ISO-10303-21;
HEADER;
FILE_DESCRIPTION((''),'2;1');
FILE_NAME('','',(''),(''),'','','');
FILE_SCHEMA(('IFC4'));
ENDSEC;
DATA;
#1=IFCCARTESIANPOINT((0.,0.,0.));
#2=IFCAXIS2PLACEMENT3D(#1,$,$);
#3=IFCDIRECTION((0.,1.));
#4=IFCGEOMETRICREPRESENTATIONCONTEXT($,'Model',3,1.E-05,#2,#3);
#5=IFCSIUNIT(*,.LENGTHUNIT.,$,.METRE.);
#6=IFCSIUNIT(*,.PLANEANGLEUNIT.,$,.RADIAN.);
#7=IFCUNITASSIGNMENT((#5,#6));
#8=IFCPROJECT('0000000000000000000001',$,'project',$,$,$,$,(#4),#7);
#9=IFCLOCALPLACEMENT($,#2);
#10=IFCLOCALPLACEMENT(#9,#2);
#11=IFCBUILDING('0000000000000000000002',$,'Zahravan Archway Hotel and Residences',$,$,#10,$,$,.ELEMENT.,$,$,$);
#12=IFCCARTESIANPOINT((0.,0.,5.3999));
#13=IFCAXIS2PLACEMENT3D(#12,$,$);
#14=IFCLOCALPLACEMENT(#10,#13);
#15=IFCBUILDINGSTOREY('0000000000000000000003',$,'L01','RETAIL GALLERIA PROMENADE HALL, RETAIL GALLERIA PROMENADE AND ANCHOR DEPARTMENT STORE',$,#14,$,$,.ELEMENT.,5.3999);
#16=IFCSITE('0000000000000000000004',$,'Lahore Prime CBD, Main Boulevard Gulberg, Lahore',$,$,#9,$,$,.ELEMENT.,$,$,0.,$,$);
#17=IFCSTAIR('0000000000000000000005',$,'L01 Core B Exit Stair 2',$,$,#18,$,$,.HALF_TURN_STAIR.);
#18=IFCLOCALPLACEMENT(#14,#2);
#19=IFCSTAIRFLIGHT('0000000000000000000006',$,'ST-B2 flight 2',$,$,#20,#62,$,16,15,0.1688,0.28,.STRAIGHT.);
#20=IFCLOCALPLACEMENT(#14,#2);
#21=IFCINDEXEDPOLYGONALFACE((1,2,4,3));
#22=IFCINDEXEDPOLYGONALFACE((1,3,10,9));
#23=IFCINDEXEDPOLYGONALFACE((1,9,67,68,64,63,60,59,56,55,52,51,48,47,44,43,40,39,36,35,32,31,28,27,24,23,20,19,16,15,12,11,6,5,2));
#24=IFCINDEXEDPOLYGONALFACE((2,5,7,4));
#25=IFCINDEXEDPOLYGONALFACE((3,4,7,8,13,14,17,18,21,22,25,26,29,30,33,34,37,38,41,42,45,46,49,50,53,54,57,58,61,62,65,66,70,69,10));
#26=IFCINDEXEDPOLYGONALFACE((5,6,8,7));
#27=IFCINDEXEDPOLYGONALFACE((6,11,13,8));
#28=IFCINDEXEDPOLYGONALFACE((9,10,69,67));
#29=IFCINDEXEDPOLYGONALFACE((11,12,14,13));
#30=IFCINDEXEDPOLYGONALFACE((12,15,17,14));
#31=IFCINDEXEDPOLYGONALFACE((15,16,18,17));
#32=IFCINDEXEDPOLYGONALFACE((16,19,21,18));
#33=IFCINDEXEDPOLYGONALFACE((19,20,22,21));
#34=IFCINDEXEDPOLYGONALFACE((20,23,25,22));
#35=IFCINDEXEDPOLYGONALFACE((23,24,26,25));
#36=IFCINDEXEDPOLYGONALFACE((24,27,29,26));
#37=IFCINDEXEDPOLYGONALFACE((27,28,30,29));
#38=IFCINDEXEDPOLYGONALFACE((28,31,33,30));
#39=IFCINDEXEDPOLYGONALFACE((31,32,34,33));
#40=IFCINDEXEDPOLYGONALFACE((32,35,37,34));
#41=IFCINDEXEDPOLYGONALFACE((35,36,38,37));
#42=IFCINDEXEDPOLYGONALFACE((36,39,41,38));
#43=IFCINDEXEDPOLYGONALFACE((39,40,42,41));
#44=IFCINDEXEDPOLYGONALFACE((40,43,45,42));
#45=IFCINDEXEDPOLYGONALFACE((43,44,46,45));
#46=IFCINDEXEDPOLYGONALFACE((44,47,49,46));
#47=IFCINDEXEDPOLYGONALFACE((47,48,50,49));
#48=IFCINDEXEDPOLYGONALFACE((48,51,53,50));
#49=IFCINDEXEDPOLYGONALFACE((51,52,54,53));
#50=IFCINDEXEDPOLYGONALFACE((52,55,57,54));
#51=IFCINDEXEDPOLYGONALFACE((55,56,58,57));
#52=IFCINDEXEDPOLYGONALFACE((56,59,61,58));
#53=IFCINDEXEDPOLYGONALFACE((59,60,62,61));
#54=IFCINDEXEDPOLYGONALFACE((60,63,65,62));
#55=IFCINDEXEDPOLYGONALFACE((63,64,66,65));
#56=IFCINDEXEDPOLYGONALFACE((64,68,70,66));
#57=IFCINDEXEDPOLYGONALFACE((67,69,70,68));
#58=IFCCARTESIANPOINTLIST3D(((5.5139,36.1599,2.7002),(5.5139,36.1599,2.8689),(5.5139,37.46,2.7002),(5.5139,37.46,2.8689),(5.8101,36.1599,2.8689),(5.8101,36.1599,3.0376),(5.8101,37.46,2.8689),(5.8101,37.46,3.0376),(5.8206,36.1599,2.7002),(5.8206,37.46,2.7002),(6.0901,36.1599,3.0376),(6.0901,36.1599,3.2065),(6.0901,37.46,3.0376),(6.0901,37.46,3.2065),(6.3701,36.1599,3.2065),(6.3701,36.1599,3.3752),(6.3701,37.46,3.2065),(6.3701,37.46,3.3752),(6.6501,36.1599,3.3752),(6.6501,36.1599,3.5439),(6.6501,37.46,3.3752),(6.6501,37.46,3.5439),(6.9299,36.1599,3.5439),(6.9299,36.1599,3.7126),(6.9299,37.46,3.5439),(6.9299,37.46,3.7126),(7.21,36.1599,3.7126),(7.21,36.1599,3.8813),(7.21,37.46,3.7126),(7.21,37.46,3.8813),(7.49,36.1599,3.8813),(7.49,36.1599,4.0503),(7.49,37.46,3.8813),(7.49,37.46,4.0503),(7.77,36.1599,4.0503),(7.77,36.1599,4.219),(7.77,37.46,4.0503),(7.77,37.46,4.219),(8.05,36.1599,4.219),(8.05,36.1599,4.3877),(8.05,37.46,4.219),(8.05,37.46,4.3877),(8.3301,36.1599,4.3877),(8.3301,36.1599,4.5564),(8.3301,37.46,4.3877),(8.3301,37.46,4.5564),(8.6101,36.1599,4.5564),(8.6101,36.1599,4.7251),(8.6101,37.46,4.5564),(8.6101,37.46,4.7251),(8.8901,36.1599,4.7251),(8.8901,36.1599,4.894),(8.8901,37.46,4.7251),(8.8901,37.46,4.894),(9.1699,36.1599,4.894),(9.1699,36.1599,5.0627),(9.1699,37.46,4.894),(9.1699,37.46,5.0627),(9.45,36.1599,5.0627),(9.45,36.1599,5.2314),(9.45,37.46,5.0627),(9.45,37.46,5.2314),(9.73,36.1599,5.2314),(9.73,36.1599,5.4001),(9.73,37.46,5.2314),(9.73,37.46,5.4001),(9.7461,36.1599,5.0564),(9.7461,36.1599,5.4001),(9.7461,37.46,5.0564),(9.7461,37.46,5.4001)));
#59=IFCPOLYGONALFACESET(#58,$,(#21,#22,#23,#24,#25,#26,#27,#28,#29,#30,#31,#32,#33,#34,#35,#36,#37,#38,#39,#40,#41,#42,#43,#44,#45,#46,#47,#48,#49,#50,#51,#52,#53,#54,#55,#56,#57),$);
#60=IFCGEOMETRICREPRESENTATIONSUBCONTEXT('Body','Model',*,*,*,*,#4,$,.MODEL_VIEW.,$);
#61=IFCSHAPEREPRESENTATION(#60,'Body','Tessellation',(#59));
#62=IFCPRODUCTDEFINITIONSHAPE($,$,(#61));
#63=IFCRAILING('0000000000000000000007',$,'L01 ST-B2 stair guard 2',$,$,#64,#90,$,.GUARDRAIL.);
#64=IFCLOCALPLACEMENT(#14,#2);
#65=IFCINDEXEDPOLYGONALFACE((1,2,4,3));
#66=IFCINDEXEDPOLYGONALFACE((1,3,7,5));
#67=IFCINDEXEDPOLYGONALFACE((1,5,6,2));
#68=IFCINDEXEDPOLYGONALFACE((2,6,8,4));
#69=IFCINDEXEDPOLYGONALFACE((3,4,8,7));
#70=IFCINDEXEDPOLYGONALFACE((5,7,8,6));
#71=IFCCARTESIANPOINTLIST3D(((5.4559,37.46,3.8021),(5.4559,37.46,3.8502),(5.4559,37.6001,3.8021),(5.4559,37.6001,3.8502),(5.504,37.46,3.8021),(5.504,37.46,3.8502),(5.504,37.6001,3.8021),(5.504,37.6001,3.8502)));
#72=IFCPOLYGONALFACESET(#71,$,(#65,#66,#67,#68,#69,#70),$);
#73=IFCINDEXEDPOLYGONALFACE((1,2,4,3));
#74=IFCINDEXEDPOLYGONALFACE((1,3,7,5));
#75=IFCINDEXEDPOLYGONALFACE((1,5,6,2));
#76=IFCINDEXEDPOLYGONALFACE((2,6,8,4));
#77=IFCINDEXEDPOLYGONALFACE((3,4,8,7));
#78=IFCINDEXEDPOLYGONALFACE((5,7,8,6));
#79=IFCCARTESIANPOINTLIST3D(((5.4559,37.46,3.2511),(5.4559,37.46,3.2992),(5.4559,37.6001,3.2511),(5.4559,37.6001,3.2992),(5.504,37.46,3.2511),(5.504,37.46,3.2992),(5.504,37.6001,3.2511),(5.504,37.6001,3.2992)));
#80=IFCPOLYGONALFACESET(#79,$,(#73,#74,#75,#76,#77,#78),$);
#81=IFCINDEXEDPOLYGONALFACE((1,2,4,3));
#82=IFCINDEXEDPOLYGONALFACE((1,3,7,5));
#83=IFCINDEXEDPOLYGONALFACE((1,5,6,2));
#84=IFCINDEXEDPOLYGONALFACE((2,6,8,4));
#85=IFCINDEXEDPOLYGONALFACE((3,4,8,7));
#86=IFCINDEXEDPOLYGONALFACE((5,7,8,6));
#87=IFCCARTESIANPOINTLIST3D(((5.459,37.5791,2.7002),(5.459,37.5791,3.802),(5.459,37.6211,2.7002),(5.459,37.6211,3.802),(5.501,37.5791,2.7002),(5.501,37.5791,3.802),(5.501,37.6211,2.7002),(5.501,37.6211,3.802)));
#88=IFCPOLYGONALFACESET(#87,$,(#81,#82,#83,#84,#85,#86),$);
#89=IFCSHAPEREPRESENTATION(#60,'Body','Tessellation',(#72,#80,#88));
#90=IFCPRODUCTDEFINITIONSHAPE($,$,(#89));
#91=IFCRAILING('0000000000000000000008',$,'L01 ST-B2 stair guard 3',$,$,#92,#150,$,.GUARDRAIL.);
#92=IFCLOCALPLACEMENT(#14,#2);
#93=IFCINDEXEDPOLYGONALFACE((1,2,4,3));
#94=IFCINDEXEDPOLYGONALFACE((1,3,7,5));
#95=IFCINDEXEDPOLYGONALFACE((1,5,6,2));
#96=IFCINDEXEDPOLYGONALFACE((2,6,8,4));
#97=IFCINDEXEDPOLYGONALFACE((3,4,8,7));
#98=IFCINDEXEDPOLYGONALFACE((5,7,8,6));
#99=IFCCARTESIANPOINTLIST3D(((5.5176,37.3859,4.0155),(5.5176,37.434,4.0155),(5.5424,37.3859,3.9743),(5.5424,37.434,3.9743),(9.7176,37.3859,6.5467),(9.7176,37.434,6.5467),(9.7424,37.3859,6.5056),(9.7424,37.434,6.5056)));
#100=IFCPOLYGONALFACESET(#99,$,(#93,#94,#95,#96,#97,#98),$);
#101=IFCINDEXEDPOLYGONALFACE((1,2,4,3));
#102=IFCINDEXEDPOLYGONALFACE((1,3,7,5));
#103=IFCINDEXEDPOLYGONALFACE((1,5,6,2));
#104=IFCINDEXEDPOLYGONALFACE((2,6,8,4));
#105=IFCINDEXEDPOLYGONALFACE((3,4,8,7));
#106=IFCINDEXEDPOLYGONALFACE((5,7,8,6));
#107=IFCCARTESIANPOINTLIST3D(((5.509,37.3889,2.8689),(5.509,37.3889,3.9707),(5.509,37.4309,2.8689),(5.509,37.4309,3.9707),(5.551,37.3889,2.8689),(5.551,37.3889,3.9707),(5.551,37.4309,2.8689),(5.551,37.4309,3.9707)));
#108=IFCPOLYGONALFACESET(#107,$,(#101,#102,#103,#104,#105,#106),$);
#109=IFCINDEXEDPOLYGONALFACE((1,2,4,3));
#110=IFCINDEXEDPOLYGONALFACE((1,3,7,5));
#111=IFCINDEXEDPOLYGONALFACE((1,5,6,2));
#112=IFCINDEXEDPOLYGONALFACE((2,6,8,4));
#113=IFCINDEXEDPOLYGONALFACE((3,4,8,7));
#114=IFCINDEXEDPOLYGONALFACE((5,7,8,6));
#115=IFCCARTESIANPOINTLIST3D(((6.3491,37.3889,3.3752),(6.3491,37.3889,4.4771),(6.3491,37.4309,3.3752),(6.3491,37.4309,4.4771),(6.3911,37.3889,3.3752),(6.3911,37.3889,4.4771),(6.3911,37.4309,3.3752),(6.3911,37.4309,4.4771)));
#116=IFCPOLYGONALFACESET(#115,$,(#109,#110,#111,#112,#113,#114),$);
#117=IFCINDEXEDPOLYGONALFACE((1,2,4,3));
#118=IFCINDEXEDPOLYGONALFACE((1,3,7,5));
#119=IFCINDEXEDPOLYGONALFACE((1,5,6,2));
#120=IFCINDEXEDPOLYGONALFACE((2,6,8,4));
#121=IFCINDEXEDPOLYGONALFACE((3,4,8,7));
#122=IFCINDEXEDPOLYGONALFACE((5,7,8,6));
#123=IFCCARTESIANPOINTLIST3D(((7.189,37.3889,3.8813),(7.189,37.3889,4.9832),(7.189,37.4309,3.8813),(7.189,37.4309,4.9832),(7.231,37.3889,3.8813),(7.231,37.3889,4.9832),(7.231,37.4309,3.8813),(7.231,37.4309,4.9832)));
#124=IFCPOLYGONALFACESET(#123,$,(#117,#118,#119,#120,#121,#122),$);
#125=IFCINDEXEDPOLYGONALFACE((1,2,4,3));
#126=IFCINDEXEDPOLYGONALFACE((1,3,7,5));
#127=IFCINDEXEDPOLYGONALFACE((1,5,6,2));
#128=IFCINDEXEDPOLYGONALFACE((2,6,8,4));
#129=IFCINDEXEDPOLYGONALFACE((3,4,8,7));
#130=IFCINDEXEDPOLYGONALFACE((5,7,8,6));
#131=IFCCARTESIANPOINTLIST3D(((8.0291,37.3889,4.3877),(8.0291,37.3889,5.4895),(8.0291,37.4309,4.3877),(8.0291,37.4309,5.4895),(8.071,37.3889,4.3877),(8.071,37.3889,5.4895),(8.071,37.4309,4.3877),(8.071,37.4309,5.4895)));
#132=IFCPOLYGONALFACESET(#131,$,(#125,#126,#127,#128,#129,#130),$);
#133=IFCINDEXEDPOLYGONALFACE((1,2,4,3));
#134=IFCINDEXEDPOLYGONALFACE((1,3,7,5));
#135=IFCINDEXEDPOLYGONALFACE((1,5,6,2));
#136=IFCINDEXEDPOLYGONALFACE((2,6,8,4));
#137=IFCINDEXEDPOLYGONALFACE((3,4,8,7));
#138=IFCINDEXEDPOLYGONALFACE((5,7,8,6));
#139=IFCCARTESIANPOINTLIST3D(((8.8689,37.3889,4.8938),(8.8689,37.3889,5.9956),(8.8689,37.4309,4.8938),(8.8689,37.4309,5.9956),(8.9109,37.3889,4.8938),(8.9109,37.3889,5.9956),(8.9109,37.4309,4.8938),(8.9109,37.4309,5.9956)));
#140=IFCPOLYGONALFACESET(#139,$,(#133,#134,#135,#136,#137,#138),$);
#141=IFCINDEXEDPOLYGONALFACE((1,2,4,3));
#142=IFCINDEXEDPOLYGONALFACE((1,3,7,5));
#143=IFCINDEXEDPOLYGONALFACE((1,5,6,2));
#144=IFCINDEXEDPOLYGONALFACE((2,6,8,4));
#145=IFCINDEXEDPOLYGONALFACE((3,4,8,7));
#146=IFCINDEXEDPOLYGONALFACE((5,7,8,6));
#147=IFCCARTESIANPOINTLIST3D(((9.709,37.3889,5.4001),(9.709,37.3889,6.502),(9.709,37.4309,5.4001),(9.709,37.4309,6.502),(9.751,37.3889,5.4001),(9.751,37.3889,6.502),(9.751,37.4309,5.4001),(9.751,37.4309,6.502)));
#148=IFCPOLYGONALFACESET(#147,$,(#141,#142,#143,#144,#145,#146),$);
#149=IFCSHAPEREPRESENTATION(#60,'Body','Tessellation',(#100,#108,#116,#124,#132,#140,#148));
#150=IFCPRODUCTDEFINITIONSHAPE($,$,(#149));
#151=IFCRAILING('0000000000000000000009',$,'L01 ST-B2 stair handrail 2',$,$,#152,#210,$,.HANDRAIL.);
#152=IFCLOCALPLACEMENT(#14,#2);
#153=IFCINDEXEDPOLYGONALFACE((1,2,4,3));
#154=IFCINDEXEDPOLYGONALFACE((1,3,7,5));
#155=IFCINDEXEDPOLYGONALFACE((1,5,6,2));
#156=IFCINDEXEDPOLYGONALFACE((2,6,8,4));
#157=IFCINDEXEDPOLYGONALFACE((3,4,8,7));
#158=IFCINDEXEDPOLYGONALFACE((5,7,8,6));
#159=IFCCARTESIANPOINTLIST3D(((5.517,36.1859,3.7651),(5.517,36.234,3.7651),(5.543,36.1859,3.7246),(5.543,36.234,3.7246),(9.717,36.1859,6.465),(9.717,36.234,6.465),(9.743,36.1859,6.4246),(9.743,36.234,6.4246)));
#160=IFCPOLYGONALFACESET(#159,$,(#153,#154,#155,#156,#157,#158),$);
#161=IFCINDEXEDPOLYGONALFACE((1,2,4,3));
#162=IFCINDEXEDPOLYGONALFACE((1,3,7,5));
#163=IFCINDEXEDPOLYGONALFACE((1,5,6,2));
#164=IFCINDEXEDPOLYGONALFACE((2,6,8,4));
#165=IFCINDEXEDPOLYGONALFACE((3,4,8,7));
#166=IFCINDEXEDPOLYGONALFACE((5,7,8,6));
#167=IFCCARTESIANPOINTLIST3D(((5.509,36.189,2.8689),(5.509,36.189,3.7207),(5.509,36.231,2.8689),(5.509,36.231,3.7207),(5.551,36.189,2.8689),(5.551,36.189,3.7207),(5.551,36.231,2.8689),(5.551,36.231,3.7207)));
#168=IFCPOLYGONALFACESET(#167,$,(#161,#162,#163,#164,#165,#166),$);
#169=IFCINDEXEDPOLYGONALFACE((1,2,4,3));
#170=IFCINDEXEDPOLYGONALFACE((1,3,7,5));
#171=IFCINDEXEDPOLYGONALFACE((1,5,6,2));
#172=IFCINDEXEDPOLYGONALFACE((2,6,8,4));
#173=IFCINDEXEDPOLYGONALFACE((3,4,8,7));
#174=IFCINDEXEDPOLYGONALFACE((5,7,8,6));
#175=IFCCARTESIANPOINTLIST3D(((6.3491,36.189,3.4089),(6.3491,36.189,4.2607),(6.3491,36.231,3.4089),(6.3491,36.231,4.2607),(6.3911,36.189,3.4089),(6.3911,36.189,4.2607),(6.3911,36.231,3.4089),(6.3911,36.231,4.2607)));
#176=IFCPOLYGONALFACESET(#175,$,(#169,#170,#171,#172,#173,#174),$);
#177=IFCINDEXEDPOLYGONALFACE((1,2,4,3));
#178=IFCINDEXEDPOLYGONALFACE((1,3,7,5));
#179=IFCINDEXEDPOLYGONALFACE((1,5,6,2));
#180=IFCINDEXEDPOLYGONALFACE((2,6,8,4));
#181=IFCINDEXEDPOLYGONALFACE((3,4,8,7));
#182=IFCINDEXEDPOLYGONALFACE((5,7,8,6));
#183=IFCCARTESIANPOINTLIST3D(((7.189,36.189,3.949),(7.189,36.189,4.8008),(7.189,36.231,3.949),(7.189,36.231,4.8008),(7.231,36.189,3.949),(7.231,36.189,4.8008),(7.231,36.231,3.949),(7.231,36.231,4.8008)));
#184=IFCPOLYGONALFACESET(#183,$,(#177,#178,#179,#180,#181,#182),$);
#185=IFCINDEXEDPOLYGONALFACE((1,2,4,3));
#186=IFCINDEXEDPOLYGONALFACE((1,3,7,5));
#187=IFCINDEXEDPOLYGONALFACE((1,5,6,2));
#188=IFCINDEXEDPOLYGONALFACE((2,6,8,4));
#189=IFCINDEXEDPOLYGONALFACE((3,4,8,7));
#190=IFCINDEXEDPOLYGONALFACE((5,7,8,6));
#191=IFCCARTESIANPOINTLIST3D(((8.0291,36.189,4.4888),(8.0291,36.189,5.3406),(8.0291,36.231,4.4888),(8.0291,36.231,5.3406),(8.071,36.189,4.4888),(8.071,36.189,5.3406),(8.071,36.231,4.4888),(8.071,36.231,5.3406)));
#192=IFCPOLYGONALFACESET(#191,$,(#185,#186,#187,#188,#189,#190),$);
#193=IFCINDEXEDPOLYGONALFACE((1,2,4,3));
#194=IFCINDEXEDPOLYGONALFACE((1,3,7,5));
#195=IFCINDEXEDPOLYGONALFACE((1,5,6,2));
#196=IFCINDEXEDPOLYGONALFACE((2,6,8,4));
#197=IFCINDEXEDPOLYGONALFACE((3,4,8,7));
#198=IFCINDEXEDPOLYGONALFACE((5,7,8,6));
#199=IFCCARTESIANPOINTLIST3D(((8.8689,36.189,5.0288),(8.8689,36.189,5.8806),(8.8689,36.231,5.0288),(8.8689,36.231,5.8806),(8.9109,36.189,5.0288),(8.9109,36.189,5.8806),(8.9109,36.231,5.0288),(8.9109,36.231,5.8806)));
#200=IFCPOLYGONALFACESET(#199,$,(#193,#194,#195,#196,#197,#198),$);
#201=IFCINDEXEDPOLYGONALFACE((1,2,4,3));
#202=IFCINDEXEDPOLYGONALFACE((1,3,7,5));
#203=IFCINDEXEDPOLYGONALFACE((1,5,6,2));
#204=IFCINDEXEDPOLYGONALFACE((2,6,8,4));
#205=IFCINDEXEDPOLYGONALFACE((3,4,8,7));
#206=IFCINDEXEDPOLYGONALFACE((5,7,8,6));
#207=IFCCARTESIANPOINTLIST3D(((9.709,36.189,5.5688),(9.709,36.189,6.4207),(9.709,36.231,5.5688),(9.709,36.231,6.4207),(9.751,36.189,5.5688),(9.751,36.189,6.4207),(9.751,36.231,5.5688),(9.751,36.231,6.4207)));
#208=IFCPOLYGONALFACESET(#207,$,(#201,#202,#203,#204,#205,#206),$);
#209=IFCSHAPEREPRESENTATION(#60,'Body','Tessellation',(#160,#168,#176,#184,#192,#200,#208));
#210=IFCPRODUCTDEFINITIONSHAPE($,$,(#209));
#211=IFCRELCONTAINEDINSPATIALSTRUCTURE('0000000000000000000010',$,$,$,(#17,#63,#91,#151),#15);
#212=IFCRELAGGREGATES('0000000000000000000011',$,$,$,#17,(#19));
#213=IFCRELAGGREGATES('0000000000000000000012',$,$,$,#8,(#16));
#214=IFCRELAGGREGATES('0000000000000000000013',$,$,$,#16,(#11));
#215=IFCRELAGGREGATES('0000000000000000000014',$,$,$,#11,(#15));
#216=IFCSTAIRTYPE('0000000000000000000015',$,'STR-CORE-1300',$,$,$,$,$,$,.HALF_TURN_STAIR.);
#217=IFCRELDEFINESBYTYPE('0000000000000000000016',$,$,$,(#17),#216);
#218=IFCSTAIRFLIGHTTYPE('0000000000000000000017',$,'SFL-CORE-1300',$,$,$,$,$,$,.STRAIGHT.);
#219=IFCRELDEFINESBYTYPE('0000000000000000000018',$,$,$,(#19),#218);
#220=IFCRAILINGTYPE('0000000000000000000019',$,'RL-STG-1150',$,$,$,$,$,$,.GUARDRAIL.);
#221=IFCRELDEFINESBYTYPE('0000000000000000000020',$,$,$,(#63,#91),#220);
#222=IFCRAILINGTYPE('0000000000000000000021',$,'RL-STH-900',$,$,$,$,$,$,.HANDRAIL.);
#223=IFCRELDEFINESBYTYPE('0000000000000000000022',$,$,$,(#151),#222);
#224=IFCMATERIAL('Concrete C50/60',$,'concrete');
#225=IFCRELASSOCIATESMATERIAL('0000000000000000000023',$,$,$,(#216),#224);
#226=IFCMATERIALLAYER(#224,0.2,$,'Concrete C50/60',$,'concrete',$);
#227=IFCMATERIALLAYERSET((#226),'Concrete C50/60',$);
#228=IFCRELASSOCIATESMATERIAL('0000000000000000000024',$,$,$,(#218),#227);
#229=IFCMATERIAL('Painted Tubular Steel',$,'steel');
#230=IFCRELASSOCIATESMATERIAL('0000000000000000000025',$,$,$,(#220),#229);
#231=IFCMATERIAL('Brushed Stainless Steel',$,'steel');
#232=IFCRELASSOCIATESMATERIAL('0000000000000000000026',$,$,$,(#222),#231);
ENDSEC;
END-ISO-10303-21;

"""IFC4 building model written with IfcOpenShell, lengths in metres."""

from ifc_helpers import new_model, si_unit, direction, frame, origin, origin_2d, place, context, subcontext, project, spatial, polyline, rectangle, outline, extrude, source, transform, mapped, material, layer, layer_set, type_object, element, aggregate, save


model = new_model("IFC4")

# Units and contexts
model_context = context("Model", 3, precision=1e-05, world=origin(), true_north=direction((0.0, 1.0)))
body_context = subcontext(model_context, "Body", "Model", "MODEL_VIEW")
ifc_project = project(units=[si_unit("LENGTHUNIT", "METRE"), si_unit("PLANEANGLEUNIT", "RADIAN")], contexts=[model_context])

# Site, building, storey
site_placement = place(None, origin())
site = spatial("IfcSite", under=ifc_project, at=site_placement, Name="Lahore Prime CBD, Main Boulevard Gulberg, Lahore", CompositionType="ELEMENT", RefElevation=0.0)
building_placement = place(site_placement, origin())
building = spatial("IfcBuilding", under=site, at=building_placement, Name="Zahravan Archway Hotel and Residences", CompositionType="ELEMENT")
storey_placement = place(building_placement, frame((0.0, 0.0, 5.3999)))
storey = spatial("IfcBuildingStorey", under=building, at=storey_placement, Name="L01", Description="RETAIL GALLERIA PROMENADE HALL, RETAIL GALLERIA PROMENADE AND ANCHOR DEPARTMENT STORE", CompositionType="ELEMENT", Elevation=5.3999)

# Shared definitions
ifc_material_1 = material(Name="Concrete C50/60", Category="concrete")

# Stair, stair flight
stair_type = type_object("IfcStairType", Name="STR-CORE-1300", PredefinedType="HALF_TURN_STAIR", material=ifc_material_1)
stair_placement = place(storey_placement, origin())
stair = element("IfcStair", 1, at=stair_placement, inside=storey, type_object=stair_type, Name="L01 Core B Exit Stair 2", PredefinedType="HALF_TURN_STAIR")
ifc_layer_1 = layer(ifc_material_1, 0.2, Name="Concrete C50/60", Category="concrete")
ifc_layer_set_1 = layer_set([ifc_layer_1], Name="Concrete C50/60")
stair_flight_type = type_object("IfcStairFlightType", Name="SFL-CORE-1300", PredefinedType="STRAIGHT", material=ifc_layer_set_1)
shared_shape_1 = source(origin(), body_context, "Body", "SweptSolid", [
    extrude(outline(polyline([(-0.0161, 0.0), (-0.0161, 0.1687), (0.28, 0.1687), (0.28, 0.3374), (0.5601, 0.3374), (0.5601, 0.5063), (0.8401, 0.5063), (0.8401, 0.675), (1.1201, 0.675), (1.1201, 0.8438), (1.3999, 0.8438), (1.3999, 1.0125), (1.6799, 1.0125), (1.6799, 1.1812), (1.96, 1.1812), (1.96, 1.3501), (2.24, 1.3501), (2.24, 1.5188), (2.52, 1.5188), (2.52, 1.6875), (2.8, 1.6875), (2.8, 1.8562), (3.0801, 1.8562), (3.0801, 2.0249), (3.3601, 2.0249), (3.3601, 2.1938), (3.6399, 2.1938), (3.6399, 2.3625), (3.9199, 2.3625), (3.9199, 2.5312), (4.2, 2.5312), (4.2, 2.7), (4.2161, 2.7), (4.2161, 2.3562), (0.2905, 0.0), (-0.0161, 0.0)])), frame((0.0, 0.6499, 0.0), z_axis=(0.0, -1.0, 0.0), x_axis=(1.0, 0.0, 0.0)), (0.0, 0.0, 1.0), 1.3),
])
stair_flight_placement = place(storey_placement, frame((5.53, 36.8101, 2.7002), z_axis=(0.0, 0.0, 1.0), x_axis=(1.0, 0.0, 0.0)))
stair_flight = element("IfcStairFlight", 2, at=stair_flight_placement, type_object=stair_flight_type, Name="ST-B2 flight 2", NumberOfRisers=16, NumberOfTreads=15, PredefinedType="STRAIGHT", RiserHeight=0.1688, TreadLength=0.28, context=body_context, shape_type="MappedRepresentation", body=[
    mapped(shared_shape_1, transform((0.0, 0.0, 0.0), scale=1.0)),
])
aggregate(stair, [stair_flight])

# Railings
ifc_material_2 = material(Name="Painted Tubular Steel", Category="steel")
railing_type_1 = type_object("IfcRailingType", Name="RL-STG-1150", PredefinedType="GUARDRAIL", material=ifc_material_2)
railing_1_placement = place(storey_placement, frame((5.48, 37.6001, 2.7002)))
element("IfcRailing", 3, at=railing_1_placement, inside=storey, type_object=railing_type_1, Name="L01 ST-B2 stair guard 2", PredefinedType="GUARDRAIL", context=body_context, shape_type="SweptSolid", body=[
    extrude(rectangle(XDim=0.0481, YDim=0.0481, at=origin_2d()), frame((0.0, 0.0, 1.126), z_axis=(0.0, -1.0, 0.0), x_axis=(1.0, 0.0, 0.0)), (0.0, 0.0, 1.0), 0.1401),
    extrude(rectangle(XDim=0.0481, YDim=0.0481, at=origin_2d()), frame((0.0, 0.0, 0.575), z_axis=(0.0, -1.0, 0.0), x_axis=(1.0, 0.0, 0.0)), (0.0, 0.0, 1.0), 0.1401),
    extrude(rectangle(XDim=0.042, YDim=0.042, at=origin_2d()), origin(), (0.0, 0.0, 1.0), 1.1018),
])
railing_2_placement = place(storey_placement, frame((5.53, 37.4099, 2.8689)))
element("IfcRailing", 4, at=railing_2_placement, inside=storey, type_object=railing_type_1, Name="L01 ST-B2 stair guard 3", PredefinedType="GUARDRAIL", context=body_context, shape_type="SweptSolid", body=[
    extrude(rectangle(XDim=0.0481, YDim=0.0481, at=origin_2d()), frame((0.0, 0.0, 1.126), z_axis=(0.856476, 0.0, 0.516186), x_axis=(0.0, 1.0, 0.0)), (0.0, 0.0, 1.0), 4.9038),
    extrude(rectangle(XDim=0.042, YDim=0.042, at=origin_2d()), origin(), (0.0, 0.0, 1.0), 1.1018),
    extrude(rectangle(XDim=0.042, YDim=0.042, at=origin_2d()), frame((0.8401, 0.0, 0.5063)), (0.0, 0.0, 1.0), 1.1018),
    extrude(rectangle(XDim=0.042, YDim=0.042, at=origin_2d()), frame((1.6799, 0.0, 1.0125)), (0.0, 0.0, 1.0), 1.1018),
    extrude(rectangle(XDim=0.042, YDim=0.042, at=origin_2d()), frame((2.52, 0.0, 1.5188)), (0.0, 0.0, 1.0), 1.1018),
    extrude(rectangle(XDim=0.042, YDim=0.042, at=origin_2d()), frame((3.3599, 0.0, 2.0249)), (0.0, 0.0, 1.0), 1.1018),
    extrude(rectangle(XDim=0.042, YDim=0.042, at=origin_2d()), frame((4.2, 0.0, 2.5312)), (0.0, 0.0, 1.0), 1.1018),
])
ifc_material_3 = material(Name="Brushed Stainless Steel", Category="steel")
railing_type_2 = type_object("IfcRailingType", Name="RL-STH-900", PredefinedType="HANDRAIL", material=ifc_material_3)
railing_3_placement = place(storey_placement, frame((5.53, 36.21, 2.8689)))
element("IfcRailing", 5, at=railing_3_placement, inside=storey, type_object=railing_type_2, Name="L01 ST-B2 stair handrail 2", PredefinedType="HANDRAIL", context=body_context, shape_type="SweptSolid", body=[
    extrude(rectangle(XDim=0.0481, YDim=0.0481, at=origin_2d()), frame((0.0, 0.0, 0.876), z_axis=(0.84118, 0.0, 0.540755), x_axis=(0.0, 1.0, 0.0)), (0.0, 0.0, 1.0), 4.9929),
    extrude(rectangle(XDim=0.042, YDim=0.042, at=origin_2d()), origin(), (0.0, 0.0, 1.0), 0.8518),
    extrude(rectangle(XDim=0.042, YDim=0.042, at=origin_2d()), frame((0.8401, 0.0, 0.54)), (0.0, 0.0, 1.0), 0.8518),
    extrude(rectangle(XDim=0.042, YDim=0.042, at=origin_2d()), frame((1.6799, 0.0, 1.0801)), (0.0, 0.0, 1.0), 0.8518),
    extrude(rectangle(XDim=0.042, YDim=0.042, at=origin_2d()), frame((2.52, 0.0, 1.6199)), (0.0, 0.0, 1.0), 0.8518),
    extrude(rectangle(XDim=0.042, YDim=0.042, at=origin_2d()), frame((3.3599, 0.0, 2.1599)), (0.0, 0.0, 1.0), 0.8518),
    extrude(rectangle(XDim=0.042, YDim=0.042, at=origin_2d()), frame((4.2, 0.0, 2.7)), (0.0, 0.0, 1.0), 0.8518),
])

save(model, "model.ifc")
